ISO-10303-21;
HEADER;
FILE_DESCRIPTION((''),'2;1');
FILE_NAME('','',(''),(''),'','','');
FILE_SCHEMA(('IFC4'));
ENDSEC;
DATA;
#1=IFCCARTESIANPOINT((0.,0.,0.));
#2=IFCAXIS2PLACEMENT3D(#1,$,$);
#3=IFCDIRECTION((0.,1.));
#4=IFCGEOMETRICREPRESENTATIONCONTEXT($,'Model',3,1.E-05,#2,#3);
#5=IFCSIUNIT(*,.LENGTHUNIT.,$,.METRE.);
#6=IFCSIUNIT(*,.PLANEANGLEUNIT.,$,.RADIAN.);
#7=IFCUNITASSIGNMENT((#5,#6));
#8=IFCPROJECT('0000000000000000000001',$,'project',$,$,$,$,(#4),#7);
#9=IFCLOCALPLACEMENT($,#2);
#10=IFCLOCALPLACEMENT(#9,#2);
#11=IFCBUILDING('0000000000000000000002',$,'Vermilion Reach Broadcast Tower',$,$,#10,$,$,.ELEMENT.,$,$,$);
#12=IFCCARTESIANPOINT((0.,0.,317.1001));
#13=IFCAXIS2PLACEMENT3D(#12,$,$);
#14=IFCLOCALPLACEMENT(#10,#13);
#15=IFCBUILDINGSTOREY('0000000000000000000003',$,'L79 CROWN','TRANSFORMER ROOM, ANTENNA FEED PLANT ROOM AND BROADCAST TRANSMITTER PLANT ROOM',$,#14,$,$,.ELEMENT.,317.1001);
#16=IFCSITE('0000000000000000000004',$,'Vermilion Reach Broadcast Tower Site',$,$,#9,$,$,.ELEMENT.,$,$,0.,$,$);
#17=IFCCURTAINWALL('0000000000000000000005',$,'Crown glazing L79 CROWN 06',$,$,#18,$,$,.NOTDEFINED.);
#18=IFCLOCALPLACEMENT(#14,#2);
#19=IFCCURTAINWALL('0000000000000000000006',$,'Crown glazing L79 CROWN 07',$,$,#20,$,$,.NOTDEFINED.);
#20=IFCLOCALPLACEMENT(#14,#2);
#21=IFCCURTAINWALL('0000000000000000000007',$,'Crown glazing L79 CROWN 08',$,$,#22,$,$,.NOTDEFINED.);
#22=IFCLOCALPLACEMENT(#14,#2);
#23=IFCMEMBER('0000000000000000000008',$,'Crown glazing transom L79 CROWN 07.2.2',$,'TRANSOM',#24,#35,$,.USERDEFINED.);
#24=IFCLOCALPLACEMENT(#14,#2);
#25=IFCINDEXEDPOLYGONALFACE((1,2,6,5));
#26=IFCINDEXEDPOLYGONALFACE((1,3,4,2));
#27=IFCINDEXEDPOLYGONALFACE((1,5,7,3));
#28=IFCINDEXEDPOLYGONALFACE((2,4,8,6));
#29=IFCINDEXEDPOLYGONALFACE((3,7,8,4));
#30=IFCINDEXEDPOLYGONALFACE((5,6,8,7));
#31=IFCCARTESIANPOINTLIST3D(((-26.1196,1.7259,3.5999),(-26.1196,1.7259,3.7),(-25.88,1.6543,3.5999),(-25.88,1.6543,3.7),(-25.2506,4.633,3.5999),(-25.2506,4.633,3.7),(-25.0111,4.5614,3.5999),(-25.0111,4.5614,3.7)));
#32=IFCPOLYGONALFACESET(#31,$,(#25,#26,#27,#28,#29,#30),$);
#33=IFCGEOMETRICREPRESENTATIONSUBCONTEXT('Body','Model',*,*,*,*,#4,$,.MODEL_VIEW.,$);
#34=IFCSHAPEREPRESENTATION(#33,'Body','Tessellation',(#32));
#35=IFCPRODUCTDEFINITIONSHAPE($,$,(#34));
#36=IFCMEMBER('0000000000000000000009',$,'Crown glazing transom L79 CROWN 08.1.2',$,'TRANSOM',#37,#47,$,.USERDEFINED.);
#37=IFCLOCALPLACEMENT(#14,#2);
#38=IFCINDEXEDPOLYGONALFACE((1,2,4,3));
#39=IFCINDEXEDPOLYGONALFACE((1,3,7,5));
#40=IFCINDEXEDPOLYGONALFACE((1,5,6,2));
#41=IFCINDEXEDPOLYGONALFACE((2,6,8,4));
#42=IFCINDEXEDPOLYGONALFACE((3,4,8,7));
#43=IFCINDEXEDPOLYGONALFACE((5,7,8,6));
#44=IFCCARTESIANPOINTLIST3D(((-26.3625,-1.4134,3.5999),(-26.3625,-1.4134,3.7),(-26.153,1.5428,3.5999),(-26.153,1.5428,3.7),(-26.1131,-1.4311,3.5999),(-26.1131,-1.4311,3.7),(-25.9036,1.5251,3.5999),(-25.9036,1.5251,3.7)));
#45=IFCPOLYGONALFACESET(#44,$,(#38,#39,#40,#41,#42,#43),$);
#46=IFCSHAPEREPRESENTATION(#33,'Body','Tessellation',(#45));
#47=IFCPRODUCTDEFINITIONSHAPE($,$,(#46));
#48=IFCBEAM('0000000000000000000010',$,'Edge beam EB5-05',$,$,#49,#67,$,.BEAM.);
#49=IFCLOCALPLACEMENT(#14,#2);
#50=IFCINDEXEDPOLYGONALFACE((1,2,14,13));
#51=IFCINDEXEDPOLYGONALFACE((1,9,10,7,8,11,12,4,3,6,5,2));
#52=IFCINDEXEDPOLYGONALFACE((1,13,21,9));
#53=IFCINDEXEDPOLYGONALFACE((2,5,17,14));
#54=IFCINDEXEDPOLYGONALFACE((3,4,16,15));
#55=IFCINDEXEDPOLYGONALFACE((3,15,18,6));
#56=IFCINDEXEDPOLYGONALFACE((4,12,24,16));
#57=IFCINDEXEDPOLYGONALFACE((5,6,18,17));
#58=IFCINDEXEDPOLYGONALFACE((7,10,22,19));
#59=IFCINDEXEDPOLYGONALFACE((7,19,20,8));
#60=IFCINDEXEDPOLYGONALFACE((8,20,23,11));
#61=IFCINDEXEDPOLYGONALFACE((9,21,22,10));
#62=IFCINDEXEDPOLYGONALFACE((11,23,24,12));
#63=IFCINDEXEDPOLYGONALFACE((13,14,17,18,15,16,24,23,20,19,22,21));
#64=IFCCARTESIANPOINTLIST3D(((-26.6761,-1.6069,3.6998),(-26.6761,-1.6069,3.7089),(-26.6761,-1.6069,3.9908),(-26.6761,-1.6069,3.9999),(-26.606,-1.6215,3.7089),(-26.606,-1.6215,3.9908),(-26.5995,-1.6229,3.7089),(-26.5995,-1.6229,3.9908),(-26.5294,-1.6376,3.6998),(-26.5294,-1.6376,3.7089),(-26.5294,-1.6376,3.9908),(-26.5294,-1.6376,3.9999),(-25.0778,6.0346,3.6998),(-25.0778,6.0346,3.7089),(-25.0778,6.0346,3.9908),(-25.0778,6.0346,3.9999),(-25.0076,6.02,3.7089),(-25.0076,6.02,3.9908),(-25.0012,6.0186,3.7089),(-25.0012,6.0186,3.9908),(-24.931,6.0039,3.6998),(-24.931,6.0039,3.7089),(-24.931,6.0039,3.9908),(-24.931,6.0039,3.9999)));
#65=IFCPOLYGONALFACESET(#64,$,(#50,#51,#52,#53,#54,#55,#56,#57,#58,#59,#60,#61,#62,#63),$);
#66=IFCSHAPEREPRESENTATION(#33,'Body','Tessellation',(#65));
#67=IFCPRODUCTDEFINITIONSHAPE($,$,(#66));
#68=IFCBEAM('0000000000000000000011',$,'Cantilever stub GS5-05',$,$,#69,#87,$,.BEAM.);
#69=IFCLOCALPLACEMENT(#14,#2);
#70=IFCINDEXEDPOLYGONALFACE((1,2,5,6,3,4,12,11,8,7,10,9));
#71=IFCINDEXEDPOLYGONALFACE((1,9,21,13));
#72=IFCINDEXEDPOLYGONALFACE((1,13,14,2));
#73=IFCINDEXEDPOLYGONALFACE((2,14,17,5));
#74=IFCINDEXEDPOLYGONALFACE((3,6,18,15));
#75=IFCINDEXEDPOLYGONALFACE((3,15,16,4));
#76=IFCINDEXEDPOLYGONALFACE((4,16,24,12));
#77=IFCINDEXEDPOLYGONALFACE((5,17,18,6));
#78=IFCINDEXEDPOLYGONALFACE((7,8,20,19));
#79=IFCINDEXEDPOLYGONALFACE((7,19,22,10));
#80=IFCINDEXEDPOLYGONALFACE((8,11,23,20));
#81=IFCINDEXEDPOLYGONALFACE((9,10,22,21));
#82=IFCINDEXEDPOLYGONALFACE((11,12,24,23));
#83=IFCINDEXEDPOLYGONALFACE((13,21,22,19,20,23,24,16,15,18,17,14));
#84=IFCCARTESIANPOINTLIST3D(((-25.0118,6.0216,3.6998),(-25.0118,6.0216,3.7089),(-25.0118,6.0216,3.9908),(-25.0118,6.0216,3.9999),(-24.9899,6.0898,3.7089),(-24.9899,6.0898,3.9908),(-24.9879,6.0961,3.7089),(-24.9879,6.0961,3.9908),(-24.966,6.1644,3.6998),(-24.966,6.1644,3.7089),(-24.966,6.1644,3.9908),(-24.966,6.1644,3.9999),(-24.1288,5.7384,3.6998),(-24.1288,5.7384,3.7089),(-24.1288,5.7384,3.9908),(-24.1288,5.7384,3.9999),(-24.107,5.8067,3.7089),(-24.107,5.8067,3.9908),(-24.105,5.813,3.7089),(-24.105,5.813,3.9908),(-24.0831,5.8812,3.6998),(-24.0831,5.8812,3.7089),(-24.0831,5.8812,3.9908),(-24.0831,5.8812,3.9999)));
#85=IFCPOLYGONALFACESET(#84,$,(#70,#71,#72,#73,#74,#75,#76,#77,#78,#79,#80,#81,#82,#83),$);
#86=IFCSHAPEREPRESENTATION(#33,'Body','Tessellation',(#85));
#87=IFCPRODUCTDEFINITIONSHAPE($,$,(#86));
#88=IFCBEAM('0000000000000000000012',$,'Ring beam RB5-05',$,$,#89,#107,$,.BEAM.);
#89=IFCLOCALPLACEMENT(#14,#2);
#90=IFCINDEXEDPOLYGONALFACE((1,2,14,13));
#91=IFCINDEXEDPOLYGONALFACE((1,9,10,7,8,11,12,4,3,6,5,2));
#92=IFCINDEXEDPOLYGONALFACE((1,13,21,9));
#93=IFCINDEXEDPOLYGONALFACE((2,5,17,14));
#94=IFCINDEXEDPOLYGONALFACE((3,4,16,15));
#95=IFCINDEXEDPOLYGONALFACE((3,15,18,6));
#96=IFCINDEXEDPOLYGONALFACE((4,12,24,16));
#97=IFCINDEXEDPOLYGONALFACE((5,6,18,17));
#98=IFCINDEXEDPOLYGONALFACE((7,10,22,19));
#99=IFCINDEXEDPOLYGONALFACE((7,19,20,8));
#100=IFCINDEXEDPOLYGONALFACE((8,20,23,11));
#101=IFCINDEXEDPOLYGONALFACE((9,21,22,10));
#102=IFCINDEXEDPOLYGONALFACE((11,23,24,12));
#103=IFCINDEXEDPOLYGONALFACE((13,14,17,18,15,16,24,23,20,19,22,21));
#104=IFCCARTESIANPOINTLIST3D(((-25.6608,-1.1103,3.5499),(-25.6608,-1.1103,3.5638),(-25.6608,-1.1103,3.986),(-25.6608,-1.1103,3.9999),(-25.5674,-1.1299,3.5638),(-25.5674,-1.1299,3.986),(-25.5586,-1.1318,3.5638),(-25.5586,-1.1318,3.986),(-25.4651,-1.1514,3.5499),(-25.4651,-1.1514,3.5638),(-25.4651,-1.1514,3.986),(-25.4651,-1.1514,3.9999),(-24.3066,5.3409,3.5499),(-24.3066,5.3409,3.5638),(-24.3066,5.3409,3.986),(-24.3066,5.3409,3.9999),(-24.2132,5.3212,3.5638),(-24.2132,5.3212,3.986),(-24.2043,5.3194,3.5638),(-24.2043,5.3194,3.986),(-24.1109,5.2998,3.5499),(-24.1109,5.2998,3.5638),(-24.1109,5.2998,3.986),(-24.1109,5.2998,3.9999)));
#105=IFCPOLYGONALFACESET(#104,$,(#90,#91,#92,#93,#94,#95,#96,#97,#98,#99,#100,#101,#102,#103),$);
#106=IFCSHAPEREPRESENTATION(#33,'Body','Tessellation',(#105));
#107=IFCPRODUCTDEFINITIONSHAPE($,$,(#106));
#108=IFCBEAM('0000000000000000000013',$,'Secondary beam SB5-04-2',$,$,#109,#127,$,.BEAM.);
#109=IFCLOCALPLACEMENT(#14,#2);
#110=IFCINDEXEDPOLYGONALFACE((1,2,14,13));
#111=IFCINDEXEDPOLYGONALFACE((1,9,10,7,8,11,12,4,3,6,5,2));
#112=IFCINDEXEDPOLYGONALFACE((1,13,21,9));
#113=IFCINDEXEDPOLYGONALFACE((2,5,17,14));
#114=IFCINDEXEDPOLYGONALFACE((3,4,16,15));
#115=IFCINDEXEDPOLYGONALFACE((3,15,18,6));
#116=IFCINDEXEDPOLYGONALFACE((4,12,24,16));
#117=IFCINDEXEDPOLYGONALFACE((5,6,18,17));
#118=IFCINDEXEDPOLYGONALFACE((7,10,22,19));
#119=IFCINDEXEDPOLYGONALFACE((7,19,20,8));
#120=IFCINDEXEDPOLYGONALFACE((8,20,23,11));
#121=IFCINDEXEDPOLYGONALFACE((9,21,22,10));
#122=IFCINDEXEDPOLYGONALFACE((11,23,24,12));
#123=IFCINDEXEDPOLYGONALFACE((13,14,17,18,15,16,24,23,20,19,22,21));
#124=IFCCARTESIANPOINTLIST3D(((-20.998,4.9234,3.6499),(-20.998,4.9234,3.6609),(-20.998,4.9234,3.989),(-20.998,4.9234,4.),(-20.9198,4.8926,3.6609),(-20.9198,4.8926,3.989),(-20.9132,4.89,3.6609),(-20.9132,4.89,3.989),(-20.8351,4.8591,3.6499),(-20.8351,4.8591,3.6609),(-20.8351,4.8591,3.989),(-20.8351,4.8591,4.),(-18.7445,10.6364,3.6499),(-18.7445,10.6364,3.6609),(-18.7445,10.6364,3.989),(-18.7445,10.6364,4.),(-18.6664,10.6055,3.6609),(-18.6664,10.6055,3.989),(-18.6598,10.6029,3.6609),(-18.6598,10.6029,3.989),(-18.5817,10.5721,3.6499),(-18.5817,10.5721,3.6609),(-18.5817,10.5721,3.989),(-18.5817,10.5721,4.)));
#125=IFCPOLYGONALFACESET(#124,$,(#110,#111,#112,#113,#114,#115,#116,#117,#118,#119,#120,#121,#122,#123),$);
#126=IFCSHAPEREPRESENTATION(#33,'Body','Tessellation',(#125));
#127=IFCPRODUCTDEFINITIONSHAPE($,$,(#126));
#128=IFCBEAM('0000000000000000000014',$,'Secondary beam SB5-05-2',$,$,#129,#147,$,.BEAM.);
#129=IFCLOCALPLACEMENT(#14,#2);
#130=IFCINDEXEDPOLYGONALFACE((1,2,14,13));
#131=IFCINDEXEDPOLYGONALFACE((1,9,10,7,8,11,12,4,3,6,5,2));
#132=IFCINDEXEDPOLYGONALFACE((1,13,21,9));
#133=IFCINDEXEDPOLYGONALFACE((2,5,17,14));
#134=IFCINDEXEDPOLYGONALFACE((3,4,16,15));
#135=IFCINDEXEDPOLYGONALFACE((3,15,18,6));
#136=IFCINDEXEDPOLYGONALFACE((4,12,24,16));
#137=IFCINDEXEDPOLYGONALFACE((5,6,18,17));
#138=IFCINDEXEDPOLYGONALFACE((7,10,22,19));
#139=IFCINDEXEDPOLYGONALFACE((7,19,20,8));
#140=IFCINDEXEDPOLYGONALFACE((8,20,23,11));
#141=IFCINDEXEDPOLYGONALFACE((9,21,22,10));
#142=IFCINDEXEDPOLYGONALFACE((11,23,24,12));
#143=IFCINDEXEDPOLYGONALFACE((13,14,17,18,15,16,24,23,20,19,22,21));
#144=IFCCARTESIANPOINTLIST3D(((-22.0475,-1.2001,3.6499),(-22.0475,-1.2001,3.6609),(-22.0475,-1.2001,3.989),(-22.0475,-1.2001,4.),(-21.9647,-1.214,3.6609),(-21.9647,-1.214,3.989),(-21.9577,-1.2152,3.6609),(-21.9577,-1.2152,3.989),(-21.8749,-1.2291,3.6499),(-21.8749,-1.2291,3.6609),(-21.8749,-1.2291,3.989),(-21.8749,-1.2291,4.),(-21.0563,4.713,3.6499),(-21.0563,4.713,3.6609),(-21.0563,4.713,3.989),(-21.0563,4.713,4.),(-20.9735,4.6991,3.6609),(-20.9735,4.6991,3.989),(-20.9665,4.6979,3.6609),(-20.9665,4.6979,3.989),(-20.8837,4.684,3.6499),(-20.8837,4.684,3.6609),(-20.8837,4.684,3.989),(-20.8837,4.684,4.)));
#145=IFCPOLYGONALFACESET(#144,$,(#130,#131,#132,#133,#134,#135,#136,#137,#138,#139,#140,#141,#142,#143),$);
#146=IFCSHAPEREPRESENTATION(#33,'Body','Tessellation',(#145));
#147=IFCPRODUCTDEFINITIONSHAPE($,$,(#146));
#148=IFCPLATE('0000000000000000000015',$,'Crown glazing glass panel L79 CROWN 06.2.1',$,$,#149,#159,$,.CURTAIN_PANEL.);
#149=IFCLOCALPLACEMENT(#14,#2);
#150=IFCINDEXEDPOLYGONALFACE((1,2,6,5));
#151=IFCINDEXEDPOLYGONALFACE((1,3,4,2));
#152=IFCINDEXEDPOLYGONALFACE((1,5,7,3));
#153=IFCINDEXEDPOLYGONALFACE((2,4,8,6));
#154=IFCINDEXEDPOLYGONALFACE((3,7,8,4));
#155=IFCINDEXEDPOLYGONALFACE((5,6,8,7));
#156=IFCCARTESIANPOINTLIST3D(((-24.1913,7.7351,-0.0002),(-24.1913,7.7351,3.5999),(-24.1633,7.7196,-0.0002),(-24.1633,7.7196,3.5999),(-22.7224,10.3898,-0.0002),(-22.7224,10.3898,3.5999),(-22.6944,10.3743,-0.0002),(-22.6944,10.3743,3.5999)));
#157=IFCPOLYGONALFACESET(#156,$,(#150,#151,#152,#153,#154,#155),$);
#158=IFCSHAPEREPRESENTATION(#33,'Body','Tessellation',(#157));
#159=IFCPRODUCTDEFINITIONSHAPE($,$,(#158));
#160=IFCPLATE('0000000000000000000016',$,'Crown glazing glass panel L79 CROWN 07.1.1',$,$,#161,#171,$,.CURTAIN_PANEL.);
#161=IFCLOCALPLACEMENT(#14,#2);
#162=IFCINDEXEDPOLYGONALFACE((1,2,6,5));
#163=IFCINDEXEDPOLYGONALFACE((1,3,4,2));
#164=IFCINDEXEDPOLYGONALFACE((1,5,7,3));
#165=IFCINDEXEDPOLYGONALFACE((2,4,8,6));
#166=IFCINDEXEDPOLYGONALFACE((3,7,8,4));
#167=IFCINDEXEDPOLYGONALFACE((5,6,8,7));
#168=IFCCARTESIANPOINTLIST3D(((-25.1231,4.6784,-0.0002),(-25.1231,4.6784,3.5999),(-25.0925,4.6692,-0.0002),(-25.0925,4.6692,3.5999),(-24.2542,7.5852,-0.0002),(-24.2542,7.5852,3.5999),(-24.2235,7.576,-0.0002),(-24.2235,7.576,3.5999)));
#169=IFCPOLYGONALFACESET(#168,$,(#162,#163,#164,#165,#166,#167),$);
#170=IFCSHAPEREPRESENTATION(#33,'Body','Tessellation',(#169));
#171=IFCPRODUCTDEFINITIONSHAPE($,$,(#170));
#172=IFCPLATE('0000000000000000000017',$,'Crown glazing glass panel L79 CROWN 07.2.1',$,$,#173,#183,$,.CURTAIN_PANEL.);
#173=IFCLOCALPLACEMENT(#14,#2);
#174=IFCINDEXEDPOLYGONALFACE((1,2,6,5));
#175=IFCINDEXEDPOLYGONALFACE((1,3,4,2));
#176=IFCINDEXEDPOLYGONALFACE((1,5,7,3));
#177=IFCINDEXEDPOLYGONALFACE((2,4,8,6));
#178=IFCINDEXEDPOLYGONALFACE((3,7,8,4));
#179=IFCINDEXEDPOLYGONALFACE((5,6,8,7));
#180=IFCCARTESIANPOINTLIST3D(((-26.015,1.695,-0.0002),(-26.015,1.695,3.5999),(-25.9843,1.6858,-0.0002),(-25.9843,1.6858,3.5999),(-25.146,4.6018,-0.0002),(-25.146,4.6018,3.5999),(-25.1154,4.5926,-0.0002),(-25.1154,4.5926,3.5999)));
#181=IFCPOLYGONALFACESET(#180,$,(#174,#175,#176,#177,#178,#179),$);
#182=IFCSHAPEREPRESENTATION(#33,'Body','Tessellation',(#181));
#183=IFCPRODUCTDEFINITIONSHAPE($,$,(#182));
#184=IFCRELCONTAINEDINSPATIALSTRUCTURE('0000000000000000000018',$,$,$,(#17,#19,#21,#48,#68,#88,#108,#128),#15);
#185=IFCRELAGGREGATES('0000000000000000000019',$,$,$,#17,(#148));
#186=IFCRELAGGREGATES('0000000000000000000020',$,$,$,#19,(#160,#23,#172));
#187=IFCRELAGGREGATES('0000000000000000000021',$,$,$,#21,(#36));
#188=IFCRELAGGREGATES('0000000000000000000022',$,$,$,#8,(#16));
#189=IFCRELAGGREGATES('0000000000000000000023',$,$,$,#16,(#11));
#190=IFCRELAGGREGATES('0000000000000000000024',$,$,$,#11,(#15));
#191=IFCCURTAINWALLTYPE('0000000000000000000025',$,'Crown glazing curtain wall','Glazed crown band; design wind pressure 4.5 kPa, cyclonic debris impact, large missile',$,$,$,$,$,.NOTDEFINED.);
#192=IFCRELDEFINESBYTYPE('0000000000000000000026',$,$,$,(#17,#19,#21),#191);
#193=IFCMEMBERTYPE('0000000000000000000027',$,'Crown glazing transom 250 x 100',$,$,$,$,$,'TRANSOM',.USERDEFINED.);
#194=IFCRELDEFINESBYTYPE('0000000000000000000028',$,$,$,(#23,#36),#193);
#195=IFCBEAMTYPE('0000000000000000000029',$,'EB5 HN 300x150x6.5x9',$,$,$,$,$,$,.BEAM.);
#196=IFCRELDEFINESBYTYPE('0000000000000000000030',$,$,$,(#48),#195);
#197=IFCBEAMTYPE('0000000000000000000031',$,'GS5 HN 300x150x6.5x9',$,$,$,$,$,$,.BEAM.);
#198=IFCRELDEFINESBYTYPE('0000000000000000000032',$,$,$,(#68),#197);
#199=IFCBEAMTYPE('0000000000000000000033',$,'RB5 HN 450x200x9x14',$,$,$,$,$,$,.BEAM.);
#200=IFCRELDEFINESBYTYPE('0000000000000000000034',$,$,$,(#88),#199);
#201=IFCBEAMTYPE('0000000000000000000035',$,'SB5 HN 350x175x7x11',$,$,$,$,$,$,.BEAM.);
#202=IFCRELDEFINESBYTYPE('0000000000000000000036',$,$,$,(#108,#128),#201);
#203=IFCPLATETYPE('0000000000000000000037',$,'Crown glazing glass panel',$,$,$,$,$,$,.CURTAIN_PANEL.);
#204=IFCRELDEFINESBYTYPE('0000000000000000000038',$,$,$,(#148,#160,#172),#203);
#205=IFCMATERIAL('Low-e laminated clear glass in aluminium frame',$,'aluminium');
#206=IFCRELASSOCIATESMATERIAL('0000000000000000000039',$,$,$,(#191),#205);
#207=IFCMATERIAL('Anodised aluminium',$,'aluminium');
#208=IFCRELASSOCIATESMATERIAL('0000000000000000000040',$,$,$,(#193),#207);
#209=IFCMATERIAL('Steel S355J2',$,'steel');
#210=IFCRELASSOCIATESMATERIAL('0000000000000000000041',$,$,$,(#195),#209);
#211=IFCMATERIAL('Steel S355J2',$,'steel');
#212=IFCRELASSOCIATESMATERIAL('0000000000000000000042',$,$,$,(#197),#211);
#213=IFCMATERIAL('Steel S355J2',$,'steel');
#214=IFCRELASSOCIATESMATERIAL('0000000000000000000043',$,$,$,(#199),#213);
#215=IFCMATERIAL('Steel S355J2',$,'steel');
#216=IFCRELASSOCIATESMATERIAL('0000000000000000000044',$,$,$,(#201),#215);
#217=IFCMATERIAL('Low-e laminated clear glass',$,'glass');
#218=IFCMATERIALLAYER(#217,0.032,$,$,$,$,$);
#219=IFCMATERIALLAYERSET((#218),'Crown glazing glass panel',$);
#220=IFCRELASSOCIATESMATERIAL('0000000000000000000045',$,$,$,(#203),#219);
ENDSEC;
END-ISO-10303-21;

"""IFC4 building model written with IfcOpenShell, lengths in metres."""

from ifc_helpers import new_model, si_unit, direction, frame, origin, origin_2d, place, context, subcontext, project, spatial, rectangle, i_section, extrude, material, layer, layer_set, material_profile, profile_set, type_object, element, aggregate, save


model = new_model("IFC4")

# Units and contexts
model_context = context("Model", 3, precision=1e-05, world=origin(), true_north=direction((0.0, 1.0)))
body_context = subcontext(model_context, "Body", "Model", "MODEL_VIEW")
ifc_project = project(units=[si_unit("LENGTHUNIT", "METRE"), si_unit("PLANEANGLEUNIT", "RADIAN")], contexts=[model_context])

# Site, building, storey
site_placement = place(None, origin())
site = spatial("IfcSite", under=ifc_project, at=site_placement, Name="Vermilion Reach Broadcast Tower Site", CompositionType="ELEMENT", RefElevation=0.0)
building_placement = place(site_placement, origin())
building = spatial("IfcBuilding", under=site, at=building_placement, Name="Vermilion Reach Broadcast Tower", CompositionType="ELEMENT")
storey_placement = place(building_placement, frame((0.0, 0.0, 317.1001)))
storey = spatial("IfcBuildingStorey", under=building, at=storey_placement, Name="L79 CROWN", Description="TRANSFORMER ROOM, ANTENNA FEED PLANT ROOM AND BROADCAST TRANSMITTER PLANT ROOM", CompositionType="ELEMENT", Elevation=317.1001)

# Curtain walls
ifc_material_1 = material(Name="Low-e laminated clear glass in aluminium frame", Category="aluminium")
curtain_wall_type = type_object("IfcCurtainWallType", Name="Crown glazing curtain wall", Description="Glazed crown band; design wind pressure 4.5 kPa, cyclonic debris impact, large missile", PredefinedType="NOTDEFINED", material=ifc_material_1)
placement = place(storey_placement, origin())
curtain_wall_1 = element("IfcCurtainWall", 1, at=placement, inside=storey, type_object=curtain_wall_type, Name="Crown glazing L79 CROWN 06", PredefinedType="NOTDEFINED")
curtain_wall_2 = element("IfcCurtainWall", 2, at=placement, inside=storey, type_object=curtain_wall_type, Name="Crown glazing L79 CROWN 07", PredefinedType="NOTDEFINED")

# Curtain wall
curtain_wall_3 = element("IfcCurtainWall", 3, at=placement, inside=storey, type_object=curtain_wall_type, Name="Crown glazing L79 CROWN 08", PredefinedType="NOTDEFINED")

# Members
ifc_material_2 = material(Name="Anodised aluminium", Category="aluminium")
ifc_material_profile_1 = material_profile(ifc_material_2, rectangle(XDim=0.25, YDim=0.1001, at=origin_2d()), Name="Crown glazing transom 250 x 100")
ifc_profile_set_1 = profile_set([ifc_material_profile_1], Name="Anodised aluminium")
member_type_1 = type_object("IfcMemberType", Name="Crown glazing transom 250 x 100", ElementType="TRANSOM", PredefinedType="USERDEFINED", material=ifc_profile_set_1)
member_1_placement = place(storey_placement, frame((-25.1309, 4.5972, 3.6499), z_axis=(-0.286381, -0.958116, 0.0), x_axis=(0.958116, -0.286381, 0.0)))
member_1 = element("IfcMember", 4, at=member_1_placement, type_object=member_type_1, Name="Crown glazing transom L79 CROWN 07.2.2", ObjectType="TRANSOM", PredefinedType="USERDEFINED", context=body_context, shape_type="SweptSolid", body=[
    extrude(rectangle(XDim=0.25, YDim=0.1001, at=origin_2d()), origin(), (0.0, 0.0, 1.0), 3.0342),
])
member_2_placement = place(storey_placement, frame((-26.0283, 1.5339, 3.6499), z_axis=(-0.070679, -0.997499, 0.0), x_axis=(0.997499, -0.070679, 0.0)))
member_2 = element("IfcMember", 5, at=member_2_placement, type_object=member_type_1, Name="Crown glazing transom L79 CROWN 08.1.2", ObjectType="TRANSOM", PredefinedType="USERDEFINED", context=body_context, shape_type="SweptSolid", body=[
    extrude(rectangle(XDim=0.25, YDim=0.1001, at=origin_2d()), origin(), (0.0, 0.0, 1.0), 2.9636),
])

# Beams
ifc_material_3 = material(Name="Steel S355J2", Category="steel")
ifc_material_profile_2 = material_profile(ifc_material_3, i_section(OverallWidth=0.1499, OverallDepth=0.3, WebThickness=0.0066, FlangeThickness=0.009, at=origin_2d()), Name="S355J2 HN 300x150x6.5x9")
ifc_profile_set_2 = profile_set([ifc_material_profile_2], Name="Steel S355J2")
beam_type_1 = type_object("IfcBeamType", Name="EB5 HN 300x150x6.5x9", PredefinedType="BEAM", material=ifc_profile_set_2)
beam_1_placement = place(storey_placement, frame((-25.0044, 6.0193, 3.8499), z_axis=(-0.204738, -0.978817, 0.0), x_axis=(0.978817, -0.204738, 0.0)))
element("IfcBeam", 6, at=beam_1_placement, inside=storey, type_object=beam_type_1, Name="Edge beam EB5-05", PredefinedType="BEAM", context=body_context, shape_type="SweptSolid", body=[
    extrude(i_section(OverallWidth=0.1499, OverallDepth=0.3, WebThickness=0.0066, FlangeThickness=0.009, at=origin_2d()), origin(), (0.0, 0.0, 1.0), 7.8069),
])
ifc_material_4 = material(Name="Steel S355J2", Category="steel")
ifc_material_profile_3 = material_profile(ifc_material_4, i_section(OverallWidth=0.1499, OverallDepth=0.3, WebThickness=0.0066, FlangeThickness=0.009, at=origin_2d()), Name="S355J2 HN 300x150x6.5x9")
ifc_profile_set_3 = profile_set([ifc_material_profile_3], Name="Steel S355J2")
beam_type_2 = type_object("IfcBeamType", Name="GS5 HN 300x150x6.5x9", PredefinedType="BEAM", material=ifc_profile_set_3)
beam_2_placement = place(storey_placement, frame((-24.106, 5.8098, 3.8499), z_axis=(-0.952228, 0.305387, 0.0), x_axis=(-0.305387, -0.952228, 0.0)))
element("IfcBeam", 7, at=beam_2_placement, inside=storey, type_object=beam_type_2, Name="Cantilever stub GS5-05", PredefinedType="BEAM", context=body_context, shape_type="SweptSolid", body=[
    extrude(i_section(OverallWidth=0.1499, OverallDepth=0.3, WebThickness=0.0066, FlangeThickness=0.009, at=origin_2d()), origin(), (0.0, 0.0, 1.0), 0.9272),
])
ifc_material_5 = material(Name="Steel S355J2", Category="steel")
ifc_material_profile_4 = material_profile(ifc_material_5, i_section(OverallWidth=0.2, OverallDepth=0.45, WebThickness=0.009, FlangeThickness=0.0139, at=origin_2d()), Name="S355J2 HN 450x200x9x14")
ifc_profile_set_4 = profile_set([ifc_material_profile_4], Name="Steel S355J2")
beam_type_3 = type_object("IfcBeamType", Name="RB5 HN 450x200x9x14", PredefinedType="BEAM", material=ifc_profile_set_4)
beam_3_placement = place(storey_placement, frame((-24.2087, 5.3203, 3.7749), z_axis=(-0.205445, -0.978669, 0.0), x_axis=(0.978669, -0.205445, 0.0)))
element("IfcBeam", 8, at=beam_3_placement, inside=storey, type_object=beam_type_3, Name="Ring beam RB5-05", PredefinedType="BEAM", context=body_context, shape_type="SweptSolid", body=[
    extrude(i_section(OverallWidth=0.2, OverallDepth=0.45, WebThickness=0.009, FlangeThickness=0.0139, at=origin_2d()), origin(), (0.0, 0.0, 1.0), 6.5918),
])
ifc_material_6 = material(Name="Steel S355J2", Category="steel")
ifc_material_profile_5 = material_profile(ifc_material_6, i_section(OverallWidth=0.175, OverallDepth=0.3501, WebThickness=0.0071, FlangeThickness=0.011, at=origin_2d()), Name="S355J2 HN 350x175x7x11")
ifc_profile_set_5 = profile_set([ifc_material_profile_5], Name="Steel S355J2")
beam_type_4 = type_object("IfcBeamType", Name="SB5 HN 350x175x7x11", PredefinedType="BEAM", material=ifc_profile_set_5)
beam_4_placement = place(storey_placement, frame((-18.6631, 10.6042, 3.825), z_axis=(-0.366931, -0.930248, 0.0), x_axis=(0.930248, -0.366931, 0.0)))
element("IfcBeam", 9, at=beam_4_placement, inside=storey, type_object=beam_type_4, Name="Secondary beam SB5-04-2", PredefinedType="BEAM", context=body_context, shape_type="SweptSolid", body=[
    extrude(i_section(OverallWidth=0.175, OverallDepth=0.3501, WebThickness=0.0071, FlangeThickness=0.011, at=origin_2d()), origin(), (0.0, 0.0, 1.0), 6.1414),
])
beam_5_placement = place(storey_placement, frame((-20.97, 4.6985, 3.825), z_axis=(-0.165323, -0.986239, 0.0), x_axis=(0.986239, -0.165323, 0.0)))
element("IfcBeam", 10, at=beam_5_placement, inside=storey, type_object=beam_type_4, Name="Secondary beam SB5-05-2", PredefinedType="BEAM", context=body_context, shape_type="SweptSolid", body=[
    extrude(i_section(OverallWidth=0.175, OverallDepth=0.3501, WebThickness=0.0071, FlangeThickness=0.011, at=origin_2d()), origin(), (0.0, 0.0, 1.0), 5.9956),
])

# Plates
ifc_material_7 = material(Name="Low-e laminated clear glass", Category="glass")
ifc_layer_1 = layer(ifc_material_7, 0.032)
ifc_layer_set_1 = layer_set([ifc_layer_1], Name="Crown glazing glass panel")
plate_type = type_object("IfcPlateType", Name="Crown glazing glass panel", PredefinedType="CURTAIN_PANEL", material=ifc_layer_set_1)
plate_1_placement = place(storey_placement, frame((-23.4429, 9.0547, -0.0002), z_axis=(0.0, 0.0, 1.0), x_axis=(-0.484153, -0.874983, 0.0)))
plate_1 = element("IfcPlate", 11, at=plate_1_placement, type_object=plate_type, Name="Crown glazing glass panel L79 CROWN 06.2.1", PredefinedType="CURTAIN_PANEL", context=body_context, shape_type="SweptSolid", body=[
    extrude(rectangle(XDim=3.0339, YDim=0.032, at=origin_2d()), origin(), (0.0, 0.0, 1.0), 3.6001),
])
aggregate(curtain_wall_1, [plate_1])
plate_2_placement = place(storey_placement, frame((-24.6733, 6.1272, -0.0002), z_axis=(0.0, 0.0, 1.0), x_axis=(-0.286407, -0.958108, 0.0)))
plate_2 = element("IfcPlate", 12, at=plate_2_placement, type_object=plate_type, Name="Crown glazing glass panel L79 CROWN 07.1.1", PredefinedType="CURTAIN_PANEL", context=body_context, shape_type="SweptSolid", body=[
    extrude(rectangle(XDim=3.0339, YDim=0.032, at=origin_2d()), origin(), (0.0, 0.0, 1.0), 3.6001),
])
plate_3_placement = place(storey_placement, frame((-25.5652, 3.1438, -0.0002), z_axis=(0.0, 0.0, 1.0), x_axis=(-0.286407, -0.958108, 0.0)))
plate_3 = element("IfcPlate", 13, at=plate_3_placement, type_object=plate_type, Name="Crown glazing glass panel L79 CROWN 07.2.1", PredefinedType="CURTAIN_PANEL", context=body_context, shape_type="SweptSolid", body=[
    extrude(rectangle(XDim=3.0339, YDim=0.032, at=origin_2d()), origin(), (0.0, 0.0, 1.0), 3.6001),
])
aggregate(curtain_wall_2, [plate_2, member_1, plate_3])
aggregate(curtain_wall_3, [member_2])

save(model, "model.ifc")
